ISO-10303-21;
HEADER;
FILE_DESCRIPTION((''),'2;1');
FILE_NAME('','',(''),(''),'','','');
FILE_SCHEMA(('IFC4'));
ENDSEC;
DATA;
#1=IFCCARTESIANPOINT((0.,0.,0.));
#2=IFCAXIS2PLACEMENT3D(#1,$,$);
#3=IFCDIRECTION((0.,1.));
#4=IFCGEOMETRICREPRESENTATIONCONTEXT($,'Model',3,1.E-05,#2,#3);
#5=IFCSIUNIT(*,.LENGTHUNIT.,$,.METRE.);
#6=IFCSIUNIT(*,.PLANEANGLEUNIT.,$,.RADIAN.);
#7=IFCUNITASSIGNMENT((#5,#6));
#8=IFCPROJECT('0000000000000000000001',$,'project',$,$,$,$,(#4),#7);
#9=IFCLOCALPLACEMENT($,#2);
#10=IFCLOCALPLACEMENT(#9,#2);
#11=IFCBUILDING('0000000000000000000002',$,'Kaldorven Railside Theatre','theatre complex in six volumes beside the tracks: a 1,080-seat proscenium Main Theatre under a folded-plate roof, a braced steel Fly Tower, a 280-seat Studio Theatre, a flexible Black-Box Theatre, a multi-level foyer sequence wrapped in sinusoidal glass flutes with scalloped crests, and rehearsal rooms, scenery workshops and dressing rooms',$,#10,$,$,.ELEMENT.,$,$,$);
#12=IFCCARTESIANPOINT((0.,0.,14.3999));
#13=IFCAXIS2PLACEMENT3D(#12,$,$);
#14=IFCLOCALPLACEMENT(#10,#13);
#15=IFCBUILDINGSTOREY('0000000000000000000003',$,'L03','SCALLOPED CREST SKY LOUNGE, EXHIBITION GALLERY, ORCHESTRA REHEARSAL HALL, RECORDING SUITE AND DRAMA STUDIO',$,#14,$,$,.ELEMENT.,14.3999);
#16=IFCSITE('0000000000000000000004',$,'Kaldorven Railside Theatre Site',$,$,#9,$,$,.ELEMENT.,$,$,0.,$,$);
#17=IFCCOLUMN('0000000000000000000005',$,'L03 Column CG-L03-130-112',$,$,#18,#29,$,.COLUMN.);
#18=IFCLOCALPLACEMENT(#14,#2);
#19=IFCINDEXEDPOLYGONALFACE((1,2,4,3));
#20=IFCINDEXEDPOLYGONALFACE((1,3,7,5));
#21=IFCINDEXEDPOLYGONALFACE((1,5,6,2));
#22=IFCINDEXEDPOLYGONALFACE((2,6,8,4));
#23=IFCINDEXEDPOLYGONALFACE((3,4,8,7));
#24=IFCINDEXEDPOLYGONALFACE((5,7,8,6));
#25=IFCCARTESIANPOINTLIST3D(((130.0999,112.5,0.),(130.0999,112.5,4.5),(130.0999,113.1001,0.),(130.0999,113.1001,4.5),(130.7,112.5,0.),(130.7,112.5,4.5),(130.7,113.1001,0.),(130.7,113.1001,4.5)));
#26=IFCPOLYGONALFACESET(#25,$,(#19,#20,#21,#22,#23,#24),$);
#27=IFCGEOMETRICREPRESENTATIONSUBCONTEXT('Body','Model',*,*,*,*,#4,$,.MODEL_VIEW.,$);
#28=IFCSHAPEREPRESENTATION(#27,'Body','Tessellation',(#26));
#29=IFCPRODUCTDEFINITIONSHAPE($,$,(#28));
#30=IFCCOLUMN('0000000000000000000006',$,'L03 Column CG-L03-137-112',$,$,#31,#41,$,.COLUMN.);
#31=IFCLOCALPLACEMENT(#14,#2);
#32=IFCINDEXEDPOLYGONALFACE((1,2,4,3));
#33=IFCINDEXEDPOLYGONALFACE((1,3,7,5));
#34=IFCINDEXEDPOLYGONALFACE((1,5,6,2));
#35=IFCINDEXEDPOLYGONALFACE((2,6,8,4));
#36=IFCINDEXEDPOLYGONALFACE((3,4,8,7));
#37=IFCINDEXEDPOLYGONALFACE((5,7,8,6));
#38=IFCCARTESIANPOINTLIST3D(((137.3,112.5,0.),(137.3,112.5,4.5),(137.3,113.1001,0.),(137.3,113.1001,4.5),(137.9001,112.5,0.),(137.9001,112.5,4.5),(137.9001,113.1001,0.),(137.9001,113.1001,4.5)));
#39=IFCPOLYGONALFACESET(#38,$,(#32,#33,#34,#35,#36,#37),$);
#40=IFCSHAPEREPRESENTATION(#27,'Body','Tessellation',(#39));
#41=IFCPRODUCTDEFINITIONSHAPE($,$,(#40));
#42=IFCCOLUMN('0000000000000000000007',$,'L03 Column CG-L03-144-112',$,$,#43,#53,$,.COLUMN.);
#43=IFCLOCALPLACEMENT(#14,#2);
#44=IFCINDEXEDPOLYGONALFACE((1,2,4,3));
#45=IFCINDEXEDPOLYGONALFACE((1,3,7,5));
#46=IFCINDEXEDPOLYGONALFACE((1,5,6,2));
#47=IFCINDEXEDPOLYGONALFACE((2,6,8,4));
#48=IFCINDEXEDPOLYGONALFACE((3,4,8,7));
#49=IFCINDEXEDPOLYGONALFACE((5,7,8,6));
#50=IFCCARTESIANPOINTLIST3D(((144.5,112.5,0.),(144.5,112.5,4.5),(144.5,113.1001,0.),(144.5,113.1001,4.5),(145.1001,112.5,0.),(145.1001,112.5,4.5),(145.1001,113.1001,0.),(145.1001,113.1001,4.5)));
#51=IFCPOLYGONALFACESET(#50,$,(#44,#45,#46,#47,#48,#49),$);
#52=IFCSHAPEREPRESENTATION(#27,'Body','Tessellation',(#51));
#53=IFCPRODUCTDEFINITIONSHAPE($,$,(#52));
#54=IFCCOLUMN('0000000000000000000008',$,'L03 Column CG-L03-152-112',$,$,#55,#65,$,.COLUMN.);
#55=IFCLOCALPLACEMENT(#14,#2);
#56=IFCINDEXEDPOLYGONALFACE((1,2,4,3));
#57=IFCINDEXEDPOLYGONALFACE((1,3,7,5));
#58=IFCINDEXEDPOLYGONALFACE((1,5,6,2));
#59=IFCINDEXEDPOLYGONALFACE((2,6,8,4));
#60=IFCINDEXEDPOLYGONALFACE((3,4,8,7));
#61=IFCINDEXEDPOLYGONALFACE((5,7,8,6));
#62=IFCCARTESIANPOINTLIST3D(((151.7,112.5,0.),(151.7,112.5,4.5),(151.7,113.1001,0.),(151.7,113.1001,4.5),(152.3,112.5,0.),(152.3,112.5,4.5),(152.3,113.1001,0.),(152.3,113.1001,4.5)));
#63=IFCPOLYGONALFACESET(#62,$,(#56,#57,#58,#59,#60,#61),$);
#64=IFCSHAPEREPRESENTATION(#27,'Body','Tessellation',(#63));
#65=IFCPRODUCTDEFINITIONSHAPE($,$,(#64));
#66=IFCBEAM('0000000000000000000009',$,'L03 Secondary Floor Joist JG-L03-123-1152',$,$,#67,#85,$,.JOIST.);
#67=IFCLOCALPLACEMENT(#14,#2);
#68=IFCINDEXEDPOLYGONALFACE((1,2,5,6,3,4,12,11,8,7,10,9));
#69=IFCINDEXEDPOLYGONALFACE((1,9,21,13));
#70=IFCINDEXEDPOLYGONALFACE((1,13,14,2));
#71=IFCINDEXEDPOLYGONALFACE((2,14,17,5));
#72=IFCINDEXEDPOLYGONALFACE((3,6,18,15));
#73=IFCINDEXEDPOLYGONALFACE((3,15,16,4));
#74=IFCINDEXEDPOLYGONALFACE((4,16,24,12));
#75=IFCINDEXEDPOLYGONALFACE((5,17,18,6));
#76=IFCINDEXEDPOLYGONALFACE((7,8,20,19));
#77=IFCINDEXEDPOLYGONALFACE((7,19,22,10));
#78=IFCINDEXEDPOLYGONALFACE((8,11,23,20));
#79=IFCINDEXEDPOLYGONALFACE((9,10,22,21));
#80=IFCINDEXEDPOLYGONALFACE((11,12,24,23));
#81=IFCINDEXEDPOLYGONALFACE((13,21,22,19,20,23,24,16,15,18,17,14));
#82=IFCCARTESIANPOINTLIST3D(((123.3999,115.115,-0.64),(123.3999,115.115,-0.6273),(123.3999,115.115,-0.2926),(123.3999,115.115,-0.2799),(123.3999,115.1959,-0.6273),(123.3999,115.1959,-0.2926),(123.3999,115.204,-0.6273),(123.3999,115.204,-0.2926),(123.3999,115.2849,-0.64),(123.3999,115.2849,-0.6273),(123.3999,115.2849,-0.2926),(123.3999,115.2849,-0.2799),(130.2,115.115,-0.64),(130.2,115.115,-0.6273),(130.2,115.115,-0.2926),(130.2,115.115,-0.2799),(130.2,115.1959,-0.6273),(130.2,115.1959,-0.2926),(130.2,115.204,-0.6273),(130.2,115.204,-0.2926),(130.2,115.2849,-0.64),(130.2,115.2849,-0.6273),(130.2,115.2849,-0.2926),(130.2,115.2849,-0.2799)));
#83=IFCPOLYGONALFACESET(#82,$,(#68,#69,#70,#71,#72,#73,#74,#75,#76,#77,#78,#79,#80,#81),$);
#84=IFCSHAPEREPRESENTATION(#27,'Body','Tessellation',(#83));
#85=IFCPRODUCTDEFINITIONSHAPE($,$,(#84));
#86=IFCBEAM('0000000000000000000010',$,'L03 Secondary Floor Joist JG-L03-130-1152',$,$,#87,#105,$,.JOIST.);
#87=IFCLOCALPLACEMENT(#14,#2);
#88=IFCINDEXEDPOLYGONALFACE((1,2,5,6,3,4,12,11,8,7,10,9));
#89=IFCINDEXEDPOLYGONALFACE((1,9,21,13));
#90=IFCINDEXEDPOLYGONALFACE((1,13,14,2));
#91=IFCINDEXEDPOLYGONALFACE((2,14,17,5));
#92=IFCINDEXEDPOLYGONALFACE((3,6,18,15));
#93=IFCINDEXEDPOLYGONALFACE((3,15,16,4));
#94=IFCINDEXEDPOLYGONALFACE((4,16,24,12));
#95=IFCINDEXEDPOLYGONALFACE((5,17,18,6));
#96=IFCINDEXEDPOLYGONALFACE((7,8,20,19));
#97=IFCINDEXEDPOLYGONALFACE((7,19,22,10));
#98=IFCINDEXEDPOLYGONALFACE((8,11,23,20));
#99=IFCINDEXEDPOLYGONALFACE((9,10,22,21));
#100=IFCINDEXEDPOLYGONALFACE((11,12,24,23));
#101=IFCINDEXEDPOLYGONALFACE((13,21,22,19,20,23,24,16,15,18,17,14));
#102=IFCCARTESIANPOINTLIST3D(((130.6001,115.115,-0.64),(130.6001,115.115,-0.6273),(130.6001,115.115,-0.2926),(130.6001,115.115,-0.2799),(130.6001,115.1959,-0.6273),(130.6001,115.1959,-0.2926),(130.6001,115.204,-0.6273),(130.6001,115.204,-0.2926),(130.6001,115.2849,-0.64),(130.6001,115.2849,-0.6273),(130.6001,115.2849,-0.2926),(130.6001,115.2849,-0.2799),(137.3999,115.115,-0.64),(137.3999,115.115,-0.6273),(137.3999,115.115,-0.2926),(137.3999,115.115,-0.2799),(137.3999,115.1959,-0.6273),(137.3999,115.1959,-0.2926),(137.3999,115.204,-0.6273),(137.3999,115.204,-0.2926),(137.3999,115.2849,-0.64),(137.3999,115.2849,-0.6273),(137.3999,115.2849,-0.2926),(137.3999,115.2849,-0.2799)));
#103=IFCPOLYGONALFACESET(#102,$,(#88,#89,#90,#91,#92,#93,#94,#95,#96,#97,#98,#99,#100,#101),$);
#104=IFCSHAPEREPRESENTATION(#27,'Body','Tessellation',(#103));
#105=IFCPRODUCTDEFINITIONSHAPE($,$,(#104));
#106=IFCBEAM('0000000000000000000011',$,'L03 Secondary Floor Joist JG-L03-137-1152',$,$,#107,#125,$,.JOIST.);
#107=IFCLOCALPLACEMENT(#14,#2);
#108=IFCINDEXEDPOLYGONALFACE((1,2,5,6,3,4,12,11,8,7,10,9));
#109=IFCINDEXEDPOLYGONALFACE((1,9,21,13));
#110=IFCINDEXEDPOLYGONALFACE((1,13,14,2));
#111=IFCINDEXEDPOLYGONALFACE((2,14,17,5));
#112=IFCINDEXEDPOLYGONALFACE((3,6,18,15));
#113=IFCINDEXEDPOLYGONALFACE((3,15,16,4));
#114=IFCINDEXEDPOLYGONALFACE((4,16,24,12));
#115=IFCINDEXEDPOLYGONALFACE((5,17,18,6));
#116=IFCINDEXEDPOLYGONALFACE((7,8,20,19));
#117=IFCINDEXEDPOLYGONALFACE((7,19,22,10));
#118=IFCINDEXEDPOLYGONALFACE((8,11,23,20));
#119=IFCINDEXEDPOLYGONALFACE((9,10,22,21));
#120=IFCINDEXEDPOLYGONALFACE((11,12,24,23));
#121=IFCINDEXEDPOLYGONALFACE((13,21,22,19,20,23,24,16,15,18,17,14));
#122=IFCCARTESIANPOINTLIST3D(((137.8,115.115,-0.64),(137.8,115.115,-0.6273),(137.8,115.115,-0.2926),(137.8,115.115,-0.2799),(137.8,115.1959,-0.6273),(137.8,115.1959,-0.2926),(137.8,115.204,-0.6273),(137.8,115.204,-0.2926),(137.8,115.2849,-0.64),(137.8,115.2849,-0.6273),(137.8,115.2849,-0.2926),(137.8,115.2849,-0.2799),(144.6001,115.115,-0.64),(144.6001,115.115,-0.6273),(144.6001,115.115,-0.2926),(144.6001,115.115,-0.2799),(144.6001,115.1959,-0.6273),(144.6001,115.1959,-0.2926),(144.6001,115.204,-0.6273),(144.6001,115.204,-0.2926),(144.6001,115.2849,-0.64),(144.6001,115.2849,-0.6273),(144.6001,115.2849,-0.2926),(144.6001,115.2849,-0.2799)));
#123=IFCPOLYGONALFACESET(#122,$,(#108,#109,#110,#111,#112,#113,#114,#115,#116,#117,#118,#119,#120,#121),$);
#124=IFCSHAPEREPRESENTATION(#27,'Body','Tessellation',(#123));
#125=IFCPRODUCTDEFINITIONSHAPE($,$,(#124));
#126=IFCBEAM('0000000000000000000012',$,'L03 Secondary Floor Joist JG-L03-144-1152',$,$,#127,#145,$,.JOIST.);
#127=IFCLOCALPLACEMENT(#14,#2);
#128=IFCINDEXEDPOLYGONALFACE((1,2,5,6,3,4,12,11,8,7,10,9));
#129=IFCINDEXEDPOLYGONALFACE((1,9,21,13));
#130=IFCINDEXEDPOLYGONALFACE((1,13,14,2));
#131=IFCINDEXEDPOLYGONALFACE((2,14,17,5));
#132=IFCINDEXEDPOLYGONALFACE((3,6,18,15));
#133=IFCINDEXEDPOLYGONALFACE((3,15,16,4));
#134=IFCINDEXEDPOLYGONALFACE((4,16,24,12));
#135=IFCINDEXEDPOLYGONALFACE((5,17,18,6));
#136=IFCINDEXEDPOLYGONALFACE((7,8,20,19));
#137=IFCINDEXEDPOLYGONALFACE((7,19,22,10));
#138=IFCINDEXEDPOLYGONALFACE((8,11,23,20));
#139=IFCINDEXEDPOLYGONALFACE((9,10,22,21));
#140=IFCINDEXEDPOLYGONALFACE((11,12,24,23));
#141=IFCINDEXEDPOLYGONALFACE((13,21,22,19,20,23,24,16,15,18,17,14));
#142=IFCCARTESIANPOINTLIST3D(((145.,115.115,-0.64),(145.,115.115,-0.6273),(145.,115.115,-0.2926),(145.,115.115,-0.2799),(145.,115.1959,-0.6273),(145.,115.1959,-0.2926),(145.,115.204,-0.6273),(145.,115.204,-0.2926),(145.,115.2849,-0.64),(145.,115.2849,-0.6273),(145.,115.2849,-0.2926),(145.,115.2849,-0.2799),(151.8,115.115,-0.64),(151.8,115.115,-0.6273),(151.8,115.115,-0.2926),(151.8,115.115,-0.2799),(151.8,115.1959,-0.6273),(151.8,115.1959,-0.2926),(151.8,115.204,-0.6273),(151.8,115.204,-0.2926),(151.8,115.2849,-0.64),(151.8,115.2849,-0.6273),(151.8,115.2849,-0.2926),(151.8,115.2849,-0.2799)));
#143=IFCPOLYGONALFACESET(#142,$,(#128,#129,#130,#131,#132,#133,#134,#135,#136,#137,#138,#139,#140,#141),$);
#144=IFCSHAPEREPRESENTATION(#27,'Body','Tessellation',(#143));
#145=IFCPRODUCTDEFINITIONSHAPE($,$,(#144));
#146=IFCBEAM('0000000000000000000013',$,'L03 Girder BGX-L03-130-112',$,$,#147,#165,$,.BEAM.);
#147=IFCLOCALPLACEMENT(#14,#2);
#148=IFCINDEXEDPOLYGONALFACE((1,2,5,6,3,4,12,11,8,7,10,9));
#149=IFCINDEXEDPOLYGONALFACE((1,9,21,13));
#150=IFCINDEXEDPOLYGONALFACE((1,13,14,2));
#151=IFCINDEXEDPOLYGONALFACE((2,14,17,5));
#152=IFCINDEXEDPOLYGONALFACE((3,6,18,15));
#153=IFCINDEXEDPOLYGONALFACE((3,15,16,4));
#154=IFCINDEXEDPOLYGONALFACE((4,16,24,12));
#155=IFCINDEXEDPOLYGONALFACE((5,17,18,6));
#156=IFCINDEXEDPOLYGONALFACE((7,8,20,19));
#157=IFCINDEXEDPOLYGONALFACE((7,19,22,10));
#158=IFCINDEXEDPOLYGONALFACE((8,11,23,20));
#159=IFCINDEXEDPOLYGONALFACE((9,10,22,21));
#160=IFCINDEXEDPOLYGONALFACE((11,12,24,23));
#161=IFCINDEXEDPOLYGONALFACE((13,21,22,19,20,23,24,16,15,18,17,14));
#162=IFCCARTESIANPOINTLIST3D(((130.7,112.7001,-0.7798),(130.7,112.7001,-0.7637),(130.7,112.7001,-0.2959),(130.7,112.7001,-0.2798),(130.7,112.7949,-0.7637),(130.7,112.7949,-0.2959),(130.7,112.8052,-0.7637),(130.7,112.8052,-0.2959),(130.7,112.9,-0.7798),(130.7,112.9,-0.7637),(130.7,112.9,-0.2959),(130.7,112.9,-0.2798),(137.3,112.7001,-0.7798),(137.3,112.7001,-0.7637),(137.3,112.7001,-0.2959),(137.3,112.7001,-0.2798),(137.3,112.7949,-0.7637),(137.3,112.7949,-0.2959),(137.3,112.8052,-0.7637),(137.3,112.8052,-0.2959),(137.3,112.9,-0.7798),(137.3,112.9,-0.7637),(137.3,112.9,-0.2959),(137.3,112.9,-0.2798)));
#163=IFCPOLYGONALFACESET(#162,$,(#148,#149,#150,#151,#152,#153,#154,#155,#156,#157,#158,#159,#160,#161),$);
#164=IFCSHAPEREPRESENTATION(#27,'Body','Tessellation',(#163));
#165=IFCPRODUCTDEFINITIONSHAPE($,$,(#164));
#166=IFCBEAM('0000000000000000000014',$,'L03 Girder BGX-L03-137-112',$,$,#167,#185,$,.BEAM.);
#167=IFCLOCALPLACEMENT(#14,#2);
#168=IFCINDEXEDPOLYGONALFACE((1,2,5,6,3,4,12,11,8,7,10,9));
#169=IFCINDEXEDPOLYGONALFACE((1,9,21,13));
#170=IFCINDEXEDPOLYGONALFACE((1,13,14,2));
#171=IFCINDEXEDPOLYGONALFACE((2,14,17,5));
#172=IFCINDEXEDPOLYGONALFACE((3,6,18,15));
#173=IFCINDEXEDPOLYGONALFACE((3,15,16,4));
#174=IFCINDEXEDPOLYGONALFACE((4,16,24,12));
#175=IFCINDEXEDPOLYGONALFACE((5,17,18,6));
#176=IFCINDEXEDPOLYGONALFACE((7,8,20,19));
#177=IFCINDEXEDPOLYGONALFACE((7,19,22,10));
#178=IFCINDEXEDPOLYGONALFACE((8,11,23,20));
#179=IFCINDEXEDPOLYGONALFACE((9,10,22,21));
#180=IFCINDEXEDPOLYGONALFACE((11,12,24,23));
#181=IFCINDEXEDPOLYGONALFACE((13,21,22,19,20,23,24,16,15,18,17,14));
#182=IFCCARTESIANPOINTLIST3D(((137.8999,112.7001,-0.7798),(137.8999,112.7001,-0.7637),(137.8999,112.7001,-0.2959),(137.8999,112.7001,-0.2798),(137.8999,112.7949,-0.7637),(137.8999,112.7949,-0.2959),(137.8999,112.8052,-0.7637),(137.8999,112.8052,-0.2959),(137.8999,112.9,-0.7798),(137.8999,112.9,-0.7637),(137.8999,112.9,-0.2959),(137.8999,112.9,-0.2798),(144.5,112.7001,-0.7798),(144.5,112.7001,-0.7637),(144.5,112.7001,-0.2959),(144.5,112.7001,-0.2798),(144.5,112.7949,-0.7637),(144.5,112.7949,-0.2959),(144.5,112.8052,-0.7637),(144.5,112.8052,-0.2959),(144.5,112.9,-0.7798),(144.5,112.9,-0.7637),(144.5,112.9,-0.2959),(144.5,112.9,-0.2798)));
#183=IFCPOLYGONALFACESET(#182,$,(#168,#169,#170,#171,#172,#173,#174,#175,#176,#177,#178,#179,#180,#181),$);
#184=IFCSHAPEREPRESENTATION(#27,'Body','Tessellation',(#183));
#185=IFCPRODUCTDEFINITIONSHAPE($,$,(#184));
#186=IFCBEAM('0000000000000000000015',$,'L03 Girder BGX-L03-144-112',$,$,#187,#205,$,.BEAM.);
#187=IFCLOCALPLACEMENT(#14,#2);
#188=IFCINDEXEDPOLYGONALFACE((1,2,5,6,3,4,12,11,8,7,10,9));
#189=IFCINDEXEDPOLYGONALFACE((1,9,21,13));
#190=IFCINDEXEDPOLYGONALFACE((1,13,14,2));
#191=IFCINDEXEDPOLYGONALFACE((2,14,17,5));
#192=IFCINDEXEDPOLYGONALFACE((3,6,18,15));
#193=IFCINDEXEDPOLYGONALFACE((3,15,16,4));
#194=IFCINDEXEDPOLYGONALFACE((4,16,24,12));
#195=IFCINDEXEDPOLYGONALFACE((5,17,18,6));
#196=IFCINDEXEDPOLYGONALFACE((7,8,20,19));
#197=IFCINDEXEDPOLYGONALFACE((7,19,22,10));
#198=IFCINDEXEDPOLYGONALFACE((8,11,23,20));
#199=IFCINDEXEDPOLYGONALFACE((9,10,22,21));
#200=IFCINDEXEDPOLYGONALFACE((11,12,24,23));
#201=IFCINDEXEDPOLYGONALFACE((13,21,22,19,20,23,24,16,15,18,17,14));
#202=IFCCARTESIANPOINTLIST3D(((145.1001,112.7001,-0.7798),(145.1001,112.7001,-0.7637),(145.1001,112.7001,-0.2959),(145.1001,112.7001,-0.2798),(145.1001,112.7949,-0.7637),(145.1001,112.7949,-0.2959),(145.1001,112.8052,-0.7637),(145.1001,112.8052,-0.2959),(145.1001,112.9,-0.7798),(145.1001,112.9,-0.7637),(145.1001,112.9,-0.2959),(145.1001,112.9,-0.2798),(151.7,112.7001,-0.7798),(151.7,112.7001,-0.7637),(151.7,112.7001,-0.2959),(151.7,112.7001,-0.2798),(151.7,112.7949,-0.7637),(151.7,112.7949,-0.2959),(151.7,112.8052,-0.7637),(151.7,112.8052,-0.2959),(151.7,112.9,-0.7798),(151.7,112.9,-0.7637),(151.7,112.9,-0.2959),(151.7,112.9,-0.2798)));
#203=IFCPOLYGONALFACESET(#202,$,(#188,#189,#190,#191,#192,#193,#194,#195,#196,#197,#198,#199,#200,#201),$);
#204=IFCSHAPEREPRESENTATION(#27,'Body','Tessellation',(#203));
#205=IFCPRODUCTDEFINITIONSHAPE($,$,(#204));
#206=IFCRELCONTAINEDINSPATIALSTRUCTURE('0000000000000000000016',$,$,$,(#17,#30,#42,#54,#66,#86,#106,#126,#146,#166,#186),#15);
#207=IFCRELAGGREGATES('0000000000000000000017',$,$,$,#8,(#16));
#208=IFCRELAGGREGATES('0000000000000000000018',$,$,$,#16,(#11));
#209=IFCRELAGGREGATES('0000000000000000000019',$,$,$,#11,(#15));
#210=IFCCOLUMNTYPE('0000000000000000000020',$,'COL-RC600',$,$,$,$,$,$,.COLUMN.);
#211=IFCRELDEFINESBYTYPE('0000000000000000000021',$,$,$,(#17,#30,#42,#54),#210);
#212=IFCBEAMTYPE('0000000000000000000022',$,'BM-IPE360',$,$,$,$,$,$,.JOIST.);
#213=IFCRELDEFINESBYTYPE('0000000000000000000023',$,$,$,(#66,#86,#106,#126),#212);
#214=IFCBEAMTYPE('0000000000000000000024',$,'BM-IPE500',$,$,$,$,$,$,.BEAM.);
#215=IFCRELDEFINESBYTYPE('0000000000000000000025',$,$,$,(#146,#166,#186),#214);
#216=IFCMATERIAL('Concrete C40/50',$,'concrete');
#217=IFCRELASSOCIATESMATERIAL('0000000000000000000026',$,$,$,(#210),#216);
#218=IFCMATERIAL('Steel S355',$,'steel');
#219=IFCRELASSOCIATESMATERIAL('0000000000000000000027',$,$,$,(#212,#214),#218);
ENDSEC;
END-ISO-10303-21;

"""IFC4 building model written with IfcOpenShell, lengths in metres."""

from ifc_helpers import new_model, si_unit, direction, frame, origin, origin_2d, place, context, subcontext, project, spatial, rectangle, i_section, extrude, material, material_profile, profile_set, type_object, element, save


model = new_model("IFC4")

# Units and contexts
model_context = context("Model", 3, precision=1e-05, world=origin(), true_north=direction((0.0, 1.0)))
body_context = subcontext(model_context, "Body", "Model", "MODEL_VIEW")
ifc_project = project(units=[si_unit("LENGTHUNIT", "METRE"), si_unit("PLANEANGLEUNIT", "RADIAN")], contexts=[model_context])

# Site, building, storey
site_placement = place(None, origin())
site = spatial("IfcSite", under=ifc_project, at=site_placement, Name="Kaldorven Railside Theatre Site", CompositionType="ELEMENT", RefElevation=0.0)
building_placement = place(site_placement, origin())
building = spatial("IfcBuilding", under=site, at=building_placement, Name="Kaldorven Railside Theatre", Description="theatre complex in six volumes beside the tracks: a 1,080-seat proscenium Main Theatre under a folded-plate roof, a braced steel Fly Tower, a 280-seat Studio Theatre, a flexible Black-Box Theatre, a multi-level foyer sequence wrapped in sinusoidal glass flutes with scalloped crests, and rehearsal rooms, scenery workshops and dressing rooms", CompositionType="ELEMENT")
storey_placement = place(building_placement, frame((0.0, 0.0, 14.3999)))
storey = spatial("IfcBuildingStorey", under=building, at=storey_placement, Name="L03", Description="SCALLOPED CREST SKY LOUNGE, EXHIBITION GALLERY, ORCHESTRA REHEARSAL HALL, RECORDING SUITE AND DRAMA STUDIO", CompositionType="ELEMENT", Elevation=14.3999)

# Columns
ifc_material_1 = material(Name="Concrete C40/50", Category="concrete")
ifc_material_profile_1 = material_profile(ifc_material_1, rectangle(XDim=0.6001, YDim=0.6001, at=origin_2d()), Name="RC 600x600")
ifc_profile_set_1 = profile_set([ifc_material_profile_1], Name="Concrete C40/50")
column_type = type_object("IfcColumnType", Name="COL-RC600", PredefinedType="COLUMN", material=ifc_profile_set_1)
for number, where, z_axis, x_axis, name in (
    (1, (130.3999, 112.8, 0.0), (0.0, 0.0, 1.0), (0.0, 1.0, 0.0), "L03 Column CG-L03-130-112"),
    (2, (137.6001, 112.8, 0.0), (0.0, 0.0, 1.0), (1.0, 0.0, 0.0), "L03 Column CG-L03-137-112"),
    (3, (144.8, 112.8, 0.0), (0.0, 0.0, 1.0), (0.0, 1.0, 0.0), "L03 Column CG-L03-144-112"),
    (4, (152.0, 112.8, 0.0), (0.0, 0.0, 1.0), (1.0, 0.0, 0.0), "L03 Column CG-L03-152-112"),
):
    element("IfcColumn", number, at=place(storey_placement, frame(where, z_axis=z_axis, x_axis=x_axis)), inside=storey, type_object=column_type, Name=name, PredefinedType="COLUMN", context=body_context, shape_type="SweptSolid", body=[
        extrude(rectangle(XDim=0.6001, YDim=0.6001, at=origin_2d()), origin(), (0.0, 0.0, 1.0), 4.5),
    ])

# Beams
ifc_material_2 = material(Name="Steel S355", Category="steel")
ifc_material_profile_2 = material_profile(ifc_material_2, i_section(OverallWidth=0.1699, OverallDepth=0.3601, WebThickness=0.0081, FlangeThickness=0.0127, at=origin_2d()), Name="IPE 360")
ifc_profile_set_2 = profile_set([ifc_material_profile_2], Name="Steel S355")
beam_type_1 = type_object("IfcBeamType", Name="BM-IPE360", PredefinedType="JOIST", material=ifc_profile_set_2)
beam_1_placement = place(storey_placement, frame((123.3999, 115.2, -0.46), z_axis=(1.0, 0.0, 0.0), x_axis=(0.0, 1.0, 0.0)))
element("IfcBeam", 5, at=beam_1_placement, inside=storey, type_object=beam_type_1, Name="L03 Secondary Floor Joist JG-L03-123-1152", PredefinedType="JOIST", context=body_context, shape_type="SweptSolid", body=[
    extrude(i_section(OverallWidth=0.1699, OverallDepth=0.3601, WebThickness=0.0081, FlangeThickness=0.0127, at=origin_2d()), origin(), (0.0, 0.0, 1.0), 6.8),
])
beam_2_placement = place(storey_placement, frame((130.6001, 115.2, -0.46), z_axis=(1.0, 0.0, 0.0), x_axis=(0.0, 1.0, 0.0)))
element("IfcBeam", 6, at=beam_2_placement, inside=storey, type_object=beam_type_1, Name="L03 Secondary Floor Joist JG-L03-130-1152", PredefinedType="JOIST", context=body_context, shape_type="SweptSolid", body=[
    extrude(i_section(OverallWidth=0.1699, OverallDepth=0.3601, WebThickness=0.0081, FlangeThickness=0.0127, at=origin_2d()), origin(), (0.0, 0.0, 1.0), 6.7998),
])
for number, where, z_axis, x_axis, name in (
    (7, (137.8, 115.2, -0.46), (1.0, 0.0, 0.0), (0.0, 1.0, 0.0), "L03 Secondary Floor Joist JG-L03-137-1152"),
    (8, (145.0, 115.2, -0.46), (1.0, 0.0, 0.0), (0.0, 1.0, 0.0), "L03 Secondary Floor Joist JG-L03-144-1152"),
):
    element("IfcBeam", number, at=place(storey_placement, frame(where, z_axis=z_axis, x_axis=x_axis)), inside=storey, type_object=beam_type_1, Name=name, PredefinedType="JOIST", context=body_context, shape_type="SweptSolid", body=[
        extrude(i_section(OverallWidth=0.1699, OverallDepth=0.3601, WebThickness=0.0081, FlangeThickness=0.0127, at=origin_2d()), origin(), (0.0, 0.0, 1.0), 6.8),
    ])
ifc_material_profile_3 = material_profile(ifc_material_2, i_section(OverallWidth=0.2, OverallDepth=0.5, WebThickness=0.0103, FlangeThickness=0.0161, at=origin_2d()), Name="IPE 500")
ifc_profile_set_3 = profile_set([ifc_material_profile_3], Name="Steel S355")
beam_type_2 = type_object("IfcBeamType", Name="BM-IPE500", PredefinedType="BEAM", material=ifc_profile_set_3)
for number, where, z_axis, x_axis, name in (
    (9, (130.7, 112.8, -0.5298), (1.0, 0.0, 0.0), (0.0, 1.0, 0.0), "L03 Girder BGX-L03-130-112"),
    (10, (137.8999, 112.8, -0.5298), (1.0, 0.0, 0.0), (0.0, 1.0, 0.0), "L03 Girder BGX-L03-137-112"),
):
    element("IfcBeam", number, at=place(storey_placement, frame(where, z_axis=z_axis, x_axis=x_axis)), inside=storey, type_object=beam_type_2, Name=name, PredefinedType="BEAM", context=body_context, shape_type="SweptSolid", body=[
        extrude(i_section(OverallWidth=0.2, OverallDepth=0.5, WebThickness=0.0103, FlangeThickness=0.0161, at=origin_2d()), origin(), (0.0, 0.0, 1.0), 6.6001),
    ])
beam_3_placement = place(storey_placement, frame((145.1001, 112.8, -0.5298), z_axis=(1.0, 0.0, 0.0), x_axis=(0.0, 1.0, 0.0)))
element("IfcBeam", 11, at=beam_3_placement, inside=storey, type_object=beam_type_2, Name="L03 Girder BGX-L03-144-112", PredefinedType="BEAM", context=body_context, shape_type="SweptSolid", body=[
    extrude(i_section(OverallWidth=0.2, OverallDepth=0.5, WebThickness=0.0103, FlangeThickness=0.0161, at=origin_2d()), origin(), (0.0, 0.0, 1.0), 6.5999),
])

save(model, "model.ifc")
